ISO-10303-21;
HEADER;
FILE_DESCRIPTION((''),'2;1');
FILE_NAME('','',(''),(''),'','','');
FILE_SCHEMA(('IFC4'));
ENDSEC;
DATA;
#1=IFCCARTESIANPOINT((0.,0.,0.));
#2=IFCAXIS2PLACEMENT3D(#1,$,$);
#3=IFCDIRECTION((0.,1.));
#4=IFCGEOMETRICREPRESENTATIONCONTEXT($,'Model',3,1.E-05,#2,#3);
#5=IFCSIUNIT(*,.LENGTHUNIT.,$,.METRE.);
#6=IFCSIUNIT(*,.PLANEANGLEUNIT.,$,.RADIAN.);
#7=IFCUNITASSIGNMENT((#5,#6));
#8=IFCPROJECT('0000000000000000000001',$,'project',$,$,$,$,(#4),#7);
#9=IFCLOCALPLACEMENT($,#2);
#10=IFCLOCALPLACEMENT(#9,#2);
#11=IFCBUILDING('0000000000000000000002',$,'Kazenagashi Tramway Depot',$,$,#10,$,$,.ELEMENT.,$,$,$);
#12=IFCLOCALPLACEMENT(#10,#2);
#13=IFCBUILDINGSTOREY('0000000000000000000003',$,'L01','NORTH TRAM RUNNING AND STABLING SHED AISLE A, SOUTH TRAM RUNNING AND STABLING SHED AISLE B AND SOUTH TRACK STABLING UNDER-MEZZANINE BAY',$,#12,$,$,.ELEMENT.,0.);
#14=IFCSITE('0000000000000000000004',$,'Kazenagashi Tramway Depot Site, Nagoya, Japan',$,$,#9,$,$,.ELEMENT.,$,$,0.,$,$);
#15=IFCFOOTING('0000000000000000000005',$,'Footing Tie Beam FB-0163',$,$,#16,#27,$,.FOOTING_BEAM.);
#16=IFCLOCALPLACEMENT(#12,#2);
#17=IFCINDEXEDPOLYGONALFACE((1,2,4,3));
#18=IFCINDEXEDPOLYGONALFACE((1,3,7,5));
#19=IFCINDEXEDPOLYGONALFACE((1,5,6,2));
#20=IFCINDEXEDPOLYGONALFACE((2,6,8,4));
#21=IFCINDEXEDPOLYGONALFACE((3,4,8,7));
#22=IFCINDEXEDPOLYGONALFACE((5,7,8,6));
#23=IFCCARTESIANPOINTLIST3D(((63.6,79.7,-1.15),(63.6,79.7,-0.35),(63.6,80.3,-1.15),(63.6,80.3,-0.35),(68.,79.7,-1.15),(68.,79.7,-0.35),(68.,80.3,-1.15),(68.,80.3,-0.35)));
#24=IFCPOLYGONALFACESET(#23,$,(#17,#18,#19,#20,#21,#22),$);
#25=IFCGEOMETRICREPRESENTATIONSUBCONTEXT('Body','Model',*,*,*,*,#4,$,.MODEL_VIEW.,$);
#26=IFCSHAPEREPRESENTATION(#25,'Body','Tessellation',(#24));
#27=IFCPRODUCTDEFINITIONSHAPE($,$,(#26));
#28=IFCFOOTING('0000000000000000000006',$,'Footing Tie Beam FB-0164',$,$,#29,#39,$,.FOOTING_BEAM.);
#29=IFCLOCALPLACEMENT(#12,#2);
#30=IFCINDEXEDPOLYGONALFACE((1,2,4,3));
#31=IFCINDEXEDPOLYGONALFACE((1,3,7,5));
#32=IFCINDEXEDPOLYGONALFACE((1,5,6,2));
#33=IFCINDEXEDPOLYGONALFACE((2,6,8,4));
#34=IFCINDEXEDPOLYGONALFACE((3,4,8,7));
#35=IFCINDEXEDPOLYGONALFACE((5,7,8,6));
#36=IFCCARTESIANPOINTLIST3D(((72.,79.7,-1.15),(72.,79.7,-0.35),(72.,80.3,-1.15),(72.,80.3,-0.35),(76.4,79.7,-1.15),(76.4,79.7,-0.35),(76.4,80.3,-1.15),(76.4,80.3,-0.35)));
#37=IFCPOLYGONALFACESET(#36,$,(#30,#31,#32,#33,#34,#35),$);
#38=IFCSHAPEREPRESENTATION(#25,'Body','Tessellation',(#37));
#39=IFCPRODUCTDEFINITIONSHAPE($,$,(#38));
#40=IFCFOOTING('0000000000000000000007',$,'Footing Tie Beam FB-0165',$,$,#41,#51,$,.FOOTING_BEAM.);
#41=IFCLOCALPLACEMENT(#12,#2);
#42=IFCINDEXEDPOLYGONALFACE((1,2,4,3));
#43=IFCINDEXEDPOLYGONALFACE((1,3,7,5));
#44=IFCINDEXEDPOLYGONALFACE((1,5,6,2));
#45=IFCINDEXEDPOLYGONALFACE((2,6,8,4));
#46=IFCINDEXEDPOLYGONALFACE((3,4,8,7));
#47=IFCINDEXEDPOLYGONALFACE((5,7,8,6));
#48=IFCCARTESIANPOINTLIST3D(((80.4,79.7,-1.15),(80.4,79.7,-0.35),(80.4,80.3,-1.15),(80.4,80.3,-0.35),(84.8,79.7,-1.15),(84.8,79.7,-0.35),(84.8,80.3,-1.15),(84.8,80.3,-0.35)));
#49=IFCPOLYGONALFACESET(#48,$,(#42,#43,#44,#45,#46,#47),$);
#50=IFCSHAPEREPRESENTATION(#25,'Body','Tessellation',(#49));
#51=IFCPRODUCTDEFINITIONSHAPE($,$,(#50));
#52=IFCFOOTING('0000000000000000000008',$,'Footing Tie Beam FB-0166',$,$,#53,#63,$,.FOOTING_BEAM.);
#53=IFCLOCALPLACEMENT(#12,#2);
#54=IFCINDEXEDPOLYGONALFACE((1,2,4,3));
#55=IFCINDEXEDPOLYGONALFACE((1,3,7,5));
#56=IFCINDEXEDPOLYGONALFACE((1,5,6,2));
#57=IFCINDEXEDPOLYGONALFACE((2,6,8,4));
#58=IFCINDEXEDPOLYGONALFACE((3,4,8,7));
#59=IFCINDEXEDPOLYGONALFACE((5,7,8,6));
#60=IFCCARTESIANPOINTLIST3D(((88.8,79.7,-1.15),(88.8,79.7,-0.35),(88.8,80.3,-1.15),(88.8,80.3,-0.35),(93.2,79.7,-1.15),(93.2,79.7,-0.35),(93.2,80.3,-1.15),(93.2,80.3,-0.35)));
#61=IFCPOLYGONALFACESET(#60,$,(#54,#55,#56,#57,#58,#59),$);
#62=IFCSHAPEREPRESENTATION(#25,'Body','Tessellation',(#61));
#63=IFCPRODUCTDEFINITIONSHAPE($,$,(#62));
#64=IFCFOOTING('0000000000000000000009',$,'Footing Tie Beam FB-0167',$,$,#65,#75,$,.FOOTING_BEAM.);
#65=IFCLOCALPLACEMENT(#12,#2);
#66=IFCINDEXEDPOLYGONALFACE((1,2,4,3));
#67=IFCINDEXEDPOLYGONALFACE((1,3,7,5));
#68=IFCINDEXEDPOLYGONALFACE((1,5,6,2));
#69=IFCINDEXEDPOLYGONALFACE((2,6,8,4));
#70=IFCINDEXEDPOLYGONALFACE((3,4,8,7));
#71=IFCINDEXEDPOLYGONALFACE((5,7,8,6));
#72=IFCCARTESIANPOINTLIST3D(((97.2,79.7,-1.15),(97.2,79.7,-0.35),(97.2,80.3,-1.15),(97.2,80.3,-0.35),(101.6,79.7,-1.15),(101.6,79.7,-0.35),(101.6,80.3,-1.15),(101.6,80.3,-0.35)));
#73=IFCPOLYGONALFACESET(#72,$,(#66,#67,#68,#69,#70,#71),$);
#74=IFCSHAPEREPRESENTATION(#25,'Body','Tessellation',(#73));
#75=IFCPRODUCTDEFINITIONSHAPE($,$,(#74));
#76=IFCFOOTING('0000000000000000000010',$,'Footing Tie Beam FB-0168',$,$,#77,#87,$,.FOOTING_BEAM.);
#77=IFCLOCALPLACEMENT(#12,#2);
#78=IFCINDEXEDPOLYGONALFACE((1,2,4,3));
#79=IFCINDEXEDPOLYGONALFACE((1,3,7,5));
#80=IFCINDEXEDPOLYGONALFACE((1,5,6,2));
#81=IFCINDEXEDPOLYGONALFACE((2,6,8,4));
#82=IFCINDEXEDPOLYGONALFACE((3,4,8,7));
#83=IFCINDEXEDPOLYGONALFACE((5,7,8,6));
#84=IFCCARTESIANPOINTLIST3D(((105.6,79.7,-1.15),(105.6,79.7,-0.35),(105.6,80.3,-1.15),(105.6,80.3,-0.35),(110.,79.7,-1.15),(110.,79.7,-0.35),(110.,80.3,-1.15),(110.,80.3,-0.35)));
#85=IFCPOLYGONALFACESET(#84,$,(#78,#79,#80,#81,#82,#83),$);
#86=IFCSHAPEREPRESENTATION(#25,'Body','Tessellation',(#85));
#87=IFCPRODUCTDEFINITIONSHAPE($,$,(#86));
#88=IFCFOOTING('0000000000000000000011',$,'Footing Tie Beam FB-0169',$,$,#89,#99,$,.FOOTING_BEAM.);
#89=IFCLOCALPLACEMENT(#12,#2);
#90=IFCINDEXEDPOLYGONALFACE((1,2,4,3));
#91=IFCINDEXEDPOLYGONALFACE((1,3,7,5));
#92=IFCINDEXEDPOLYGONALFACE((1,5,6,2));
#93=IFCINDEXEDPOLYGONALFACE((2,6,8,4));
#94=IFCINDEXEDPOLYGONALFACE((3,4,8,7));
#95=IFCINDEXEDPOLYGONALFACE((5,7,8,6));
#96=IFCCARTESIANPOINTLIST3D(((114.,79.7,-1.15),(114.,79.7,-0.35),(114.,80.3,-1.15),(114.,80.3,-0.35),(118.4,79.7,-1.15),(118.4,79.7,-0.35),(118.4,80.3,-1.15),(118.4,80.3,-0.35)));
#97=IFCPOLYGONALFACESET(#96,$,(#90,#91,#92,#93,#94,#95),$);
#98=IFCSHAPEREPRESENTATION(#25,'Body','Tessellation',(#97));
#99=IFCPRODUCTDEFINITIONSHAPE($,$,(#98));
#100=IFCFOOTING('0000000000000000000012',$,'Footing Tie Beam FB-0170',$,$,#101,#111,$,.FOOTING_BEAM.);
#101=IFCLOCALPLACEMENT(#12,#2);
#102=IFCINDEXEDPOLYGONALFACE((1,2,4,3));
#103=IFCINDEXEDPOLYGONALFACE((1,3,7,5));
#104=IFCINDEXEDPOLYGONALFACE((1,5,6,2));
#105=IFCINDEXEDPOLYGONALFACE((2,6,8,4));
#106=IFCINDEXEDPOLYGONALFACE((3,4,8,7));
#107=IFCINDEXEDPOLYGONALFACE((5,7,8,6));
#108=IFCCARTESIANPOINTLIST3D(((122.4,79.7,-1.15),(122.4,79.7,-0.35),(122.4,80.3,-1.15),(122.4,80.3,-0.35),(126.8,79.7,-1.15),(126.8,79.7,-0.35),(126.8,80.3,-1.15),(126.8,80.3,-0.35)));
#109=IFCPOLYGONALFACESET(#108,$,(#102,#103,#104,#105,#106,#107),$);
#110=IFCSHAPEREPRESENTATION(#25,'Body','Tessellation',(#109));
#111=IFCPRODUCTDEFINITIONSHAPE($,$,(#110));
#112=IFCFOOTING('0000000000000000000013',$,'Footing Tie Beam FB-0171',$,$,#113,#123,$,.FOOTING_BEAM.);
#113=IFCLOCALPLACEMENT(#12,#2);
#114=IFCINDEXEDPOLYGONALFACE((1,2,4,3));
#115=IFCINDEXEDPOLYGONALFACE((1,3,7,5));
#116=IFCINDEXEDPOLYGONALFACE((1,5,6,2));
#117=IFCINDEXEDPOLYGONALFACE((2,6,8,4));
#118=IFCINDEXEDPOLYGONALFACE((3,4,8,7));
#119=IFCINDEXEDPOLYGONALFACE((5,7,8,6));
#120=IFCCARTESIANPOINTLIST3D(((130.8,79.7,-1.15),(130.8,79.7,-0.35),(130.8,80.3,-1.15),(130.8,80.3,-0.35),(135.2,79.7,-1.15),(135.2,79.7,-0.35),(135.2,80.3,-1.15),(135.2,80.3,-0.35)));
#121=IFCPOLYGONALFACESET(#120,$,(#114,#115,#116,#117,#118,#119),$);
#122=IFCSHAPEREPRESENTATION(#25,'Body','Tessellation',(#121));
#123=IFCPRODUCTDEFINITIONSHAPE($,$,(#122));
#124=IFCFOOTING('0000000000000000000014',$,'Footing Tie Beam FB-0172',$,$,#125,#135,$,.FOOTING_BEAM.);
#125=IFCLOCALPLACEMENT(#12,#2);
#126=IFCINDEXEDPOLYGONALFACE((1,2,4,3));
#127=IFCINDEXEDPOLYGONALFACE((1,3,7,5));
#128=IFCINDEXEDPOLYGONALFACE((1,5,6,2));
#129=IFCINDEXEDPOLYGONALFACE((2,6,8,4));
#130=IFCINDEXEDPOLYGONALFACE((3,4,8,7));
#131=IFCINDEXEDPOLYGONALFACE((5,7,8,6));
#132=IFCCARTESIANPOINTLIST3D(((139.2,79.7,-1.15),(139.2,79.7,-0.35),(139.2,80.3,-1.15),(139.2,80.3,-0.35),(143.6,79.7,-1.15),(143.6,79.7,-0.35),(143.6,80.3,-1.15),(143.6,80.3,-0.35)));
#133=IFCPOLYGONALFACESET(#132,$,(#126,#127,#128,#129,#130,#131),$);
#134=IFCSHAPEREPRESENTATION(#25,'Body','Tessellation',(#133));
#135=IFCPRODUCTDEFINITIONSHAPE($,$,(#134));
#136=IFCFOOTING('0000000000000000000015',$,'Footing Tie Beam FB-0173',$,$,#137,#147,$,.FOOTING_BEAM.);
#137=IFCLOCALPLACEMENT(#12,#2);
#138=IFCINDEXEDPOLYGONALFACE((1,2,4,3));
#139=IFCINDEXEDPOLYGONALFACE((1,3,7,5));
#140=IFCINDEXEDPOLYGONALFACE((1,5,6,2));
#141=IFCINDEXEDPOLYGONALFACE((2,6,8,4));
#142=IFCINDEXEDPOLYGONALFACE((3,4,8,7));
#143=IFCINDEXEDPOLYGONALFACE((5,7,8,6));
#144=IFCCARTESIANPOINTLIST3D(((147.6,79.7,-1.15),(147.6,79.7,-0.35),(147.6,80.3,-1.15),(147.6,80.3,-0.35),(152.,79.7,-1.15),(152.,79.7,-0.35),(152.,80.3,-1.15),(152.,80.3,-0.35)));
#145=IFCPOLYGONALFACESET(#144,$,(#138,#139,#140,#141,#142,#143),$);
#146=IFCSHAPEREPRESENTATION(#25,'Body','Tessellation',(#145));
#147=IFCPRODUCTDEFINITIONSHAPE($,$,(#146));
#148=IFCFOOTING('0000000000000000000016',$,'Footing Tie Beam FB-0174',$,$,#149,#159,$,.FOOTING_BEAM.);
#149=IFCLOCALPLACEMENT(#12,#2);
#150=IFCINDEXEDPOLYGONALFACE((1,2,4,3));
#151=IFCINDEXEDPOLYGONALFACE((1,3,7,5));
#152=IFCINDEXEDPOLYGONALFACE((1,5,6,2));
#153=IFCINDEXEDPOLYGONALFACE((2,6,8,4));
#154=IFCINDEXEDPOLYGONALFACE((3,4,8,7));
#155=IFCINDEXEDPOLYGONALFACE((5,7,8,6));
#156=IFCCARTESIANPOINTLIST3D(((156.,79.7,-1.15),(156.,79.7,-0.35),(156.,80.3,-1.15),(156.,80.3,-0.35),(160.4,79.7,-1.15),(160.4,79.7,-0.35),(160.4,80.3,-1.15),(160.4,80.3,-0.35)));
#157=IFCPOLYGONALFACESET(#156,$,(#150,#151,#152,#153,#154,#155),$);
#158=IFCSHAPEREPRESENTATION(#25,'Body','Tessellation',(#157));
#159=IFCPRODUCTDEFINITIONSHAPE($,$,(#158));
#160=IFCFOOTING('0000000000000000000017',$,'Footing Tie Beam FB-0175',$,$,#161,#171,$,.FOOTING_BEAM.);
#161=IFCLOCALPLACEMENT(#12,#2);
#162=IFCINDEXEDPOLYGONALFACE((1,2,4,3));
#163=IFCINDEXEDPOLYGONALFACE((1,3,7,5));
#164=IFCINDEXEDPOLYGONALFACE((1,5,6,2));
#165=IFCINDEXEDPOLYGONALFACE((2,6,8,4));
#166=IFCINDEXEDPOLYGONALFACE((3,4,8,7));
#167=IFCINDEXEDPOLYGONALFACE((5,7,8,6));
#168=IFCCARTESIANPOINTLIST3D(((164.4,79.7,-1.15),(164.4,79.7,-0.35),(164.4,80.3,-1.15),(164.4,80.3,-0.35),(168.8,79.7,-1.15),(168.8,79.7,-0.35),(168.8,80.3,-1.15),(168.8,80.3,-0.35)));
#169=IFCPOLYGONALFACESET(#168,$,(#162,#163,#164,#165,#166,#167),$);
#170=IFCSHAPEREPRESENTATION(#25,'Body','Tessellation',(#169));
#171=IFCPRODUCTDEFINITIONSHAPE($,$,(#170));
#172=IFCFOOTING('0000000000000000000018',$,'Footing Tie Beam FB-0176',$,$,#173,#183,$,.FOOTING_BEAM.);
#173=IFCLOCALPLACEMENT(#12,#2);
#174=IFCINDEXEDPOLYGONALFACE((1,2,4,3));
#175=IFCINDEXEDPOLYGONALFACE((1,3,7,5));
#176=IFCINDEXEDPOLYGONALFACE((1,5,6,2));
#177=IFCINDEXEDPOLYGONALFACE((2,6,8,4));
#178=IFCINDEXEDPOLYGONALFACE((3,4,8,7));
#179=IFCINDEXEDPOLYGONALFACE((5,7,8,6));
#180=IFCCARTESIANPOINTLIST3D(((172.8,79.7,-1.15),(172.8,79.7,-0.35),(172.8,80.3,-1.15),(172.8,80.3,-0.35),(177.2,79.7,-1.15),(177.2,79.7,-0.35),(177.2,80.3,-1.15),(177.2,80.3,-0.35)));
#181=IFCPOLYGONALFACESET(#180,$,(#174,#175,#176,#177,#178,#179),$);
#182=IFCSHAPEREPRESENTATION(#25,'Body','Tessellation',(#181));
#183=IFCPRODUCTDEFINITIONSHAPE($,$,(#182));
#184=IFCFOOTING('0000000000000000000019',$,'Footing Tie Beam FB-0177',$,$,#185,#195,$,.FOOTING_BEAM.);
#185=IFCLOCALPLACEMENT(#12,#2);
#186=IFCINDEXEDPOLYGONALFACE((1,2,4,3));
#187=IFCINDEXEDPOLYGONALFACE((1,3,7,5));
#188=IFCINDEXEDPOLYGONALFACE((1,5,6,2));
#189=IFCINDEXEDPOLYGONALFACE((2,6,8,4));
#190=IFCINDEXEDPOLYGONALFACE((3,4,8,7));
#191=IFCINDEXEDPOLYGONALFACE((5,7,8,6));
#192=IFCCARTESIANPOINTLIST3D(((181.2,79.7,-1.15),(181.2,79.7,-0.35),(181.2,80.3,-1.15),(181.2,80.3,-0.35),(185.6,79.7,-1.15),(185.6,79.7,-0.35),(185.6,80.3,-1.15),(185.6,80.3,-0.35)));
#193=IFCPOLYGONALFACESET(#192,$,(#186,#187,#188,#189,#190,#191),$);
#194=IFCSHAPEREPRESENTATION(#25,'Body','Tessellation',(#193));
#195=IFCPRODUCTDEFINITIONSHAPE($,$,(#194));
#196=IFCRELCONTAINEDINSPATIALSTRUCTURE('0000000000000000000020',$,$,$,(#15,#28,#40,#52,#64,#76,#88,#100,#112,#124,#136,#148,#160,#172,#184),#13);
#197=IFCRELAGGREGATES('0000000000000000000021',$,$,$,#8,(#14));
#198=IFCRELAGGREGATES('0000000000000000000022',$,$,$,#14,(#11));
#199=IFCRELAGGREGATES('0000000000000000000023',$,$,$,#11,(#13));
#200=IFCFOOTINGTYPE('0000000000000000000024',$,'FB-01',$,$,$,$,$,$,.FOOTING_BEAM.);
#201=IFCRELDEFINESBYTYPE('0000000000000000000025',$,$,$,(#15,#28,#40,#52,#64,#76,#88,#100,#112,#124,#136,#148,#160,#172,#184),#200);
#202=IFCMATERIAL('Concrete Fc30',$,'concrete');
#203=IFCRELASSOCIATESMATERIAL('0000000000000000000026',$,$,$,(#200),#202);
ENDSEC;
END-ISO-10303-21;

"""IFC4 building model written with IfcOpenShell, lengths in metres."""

from ifc_helpers import new_model, si_unit, direction, frame, origin, place, context, subcontext, project, spatial, polyline, outline, extrude, material, type_object, element, save


model = new_model("IFC4")

# Units and contexts
model_context = context("Model", 3, precision=1e-05, world=origin(), true_north=direction((0.0, 1.0)))
body_context = subcontext(model_context, "Body", "Model", "MODEL_VIEW")
ifc_project = project(units=[si_unit("LENGTHUNIT", "METRE"), si_unit("PLANEANGLEUNIT", "RADIAN")], contexts=[model_context])

# Site, building, storey
site_placement = place(None, origin())
site = spatial("IfcSite", under=ifc_project, at=site_placement, Name="Kazenagashi Tramway Depot Site, Nagoya, Japan", CompositionType="ELEMENT", RefElevation=0.0)
building_placement = place(site_placement, origin())
building = spatial("IfcBuilding", under=site, at=building_placement, Name="Kazenagashi Tramway Depot", CompositionType="ELEMENT")
storey_placement = place(building_placement, origin())
storey = spatial("IfcBuildingStorey", under=building, at=storey_placement, Name="L01", Description="NORTH TRAM RUNNING AND STABLING SHED AISLE A, SOUTH TRAM RUNNING AND STABLING SHED AISLE B AND SOUTH TRACK STABLING UNDER-MEZZANINE BAY", CompositionType="ELEMENT", Elevation=0.0)

# Footings
ifc_material = material(Name="Concrete Fc30", Category="concrete")
footing_type = type_object("IfcFootingType", Name="FB-01", PredefinedType="FOOTING_BEAM", material=ifc_material)
footing_1_placement = place(storey_placement, frame((0.0, 0.0, -1.15)))
element("IfcFooting", 1, at=footing_1_placement, inside=storey, type_object=footing_type, Name="Footing Tie Beam FB-0163", PredefinedType="FOOTING_BEAM", context=body_context, shape_type="SweptSolid", body=[
    extrude(outline(polyline([(63.6, 79.7), (68.0, 79.7), (68.0, 80.3), (63.6, 80.3), (63.6, 79.7)])), origin(), (0.0, 0.0, 1.0), 0.8),
])
footing_2_placement = place(storey_placement, frame((0.0, 0.0, -1.15)))
element("IfcFooting", 2, at=footing_2_placement, inside=storey, type_object=footing_type, Name="Footing Tie Beam FB-0164", PredefinedType="FOOTING_BEAM", context=body_context, shape_type="SweptSolid", body=[
    extrude(outline(polyline([(72.0, 79.7), (76.4, 79.7), (76.4, 80.3), (72.0, 80.3), (72.0, 79.7)])), origin(), (0.0, 0.0, 1.0), 0.8),
])
footing_3_placement = place(storey_placement, frame((0.0, 0.0, -1.15)))
element("IfcFooting", 3, at=footing_3_placement, inside=storey, type_object=footing_type, Name="Footing Tie Beam FB-0165", PredefinedType="FOOTING_BEAM", context=body_context, shape_type="SweptSolid", body=[
    extrude(outline(polyline([(80.4, 79.7), (84.8, 79.7), (84.8, 80.3), (80.4, 80.3), (80.4, 79.7)])), origin(), (0.0, 0.0, 1.0), 0.8),
])
footing_4_placement = place(storey_placement, frame((0.0, 0.0, -1.15)))
element("IfcFooting", 4, at=footing_4_placement, inside=storey, type_object=footing_type, Name="Footing Tie Beam FB-0166", PredefinedType="FOOTING_BEAM", context=body_context, shape_type="SweptSolid", body=[
    extrude(outline(polyline([(88.8, 79.7), (93.2, 79.7), (93.2, 80.3), (88.8, 80.3), (88.8, 79.7)])), origin(), (0.0, 0.0, 1.0), 0.8),
])
footing_5_placement = place(storey_placement, frame((0.0, 0.0, -1.15)))
element("IfcFooting", 5, at=footing_5_placement, inside=storey, type_object=footing_type, Name="Footing Tie Beam FB-0167", PredefinedType="FOOTING_BEAM", context=body_context, shape_type="SweptSolid", body=[
    extrude(outline(polyline([(97.2, 79.7), (101.6, 79.7), (101.6, 80.3), (97.2, 80.3), (97.2, 79.7)])), origin(), (0.0, 0.0, 1.0), 0.8),
])
footing_6_placement = place(storey_placement, frame((0.0, 0.0, -1.15)))
element("IfcFooting", 6, at=footing_6_placement, inside=storey, type_object=footing_type, Name="Footing Tie Beam FB-0168", PredefinedType="FOOTING_BEAM", context=body_context, shape_type="SweptSolid", body=[
    extrude(outline(polyline([(105.6, 79.7), (110.0, 79.7), (110.0, 80.3), (105.6, 80.3), (105.6, 79.7)])), origin(), (0.0, 0.0, 1.0), 0.8),
])
footing_7_placement = place(storey_placement, frame((0.0, 0.0, -1.15)))
element("IfcFooting", 7, at=footing_7_placement, inside=storey, type_object=footing_type, Name="Footing Tie Beam FB-0169", PredefinedType="FOOTING_BEAM", context=body_context, shape_type="SweptSolid", body=[
    extrude(outline(polyline([(114.0, 79.7), (118.4, 79.7), (118.4, 80.3), (114.0, 80.3), (114.0, 79.7)])), origin(), (0.0, 0.0, 1.0), 0.8),
])
footing_8_placement = place(storey_placement, frame((0.0, 0.0, -1.15)))
element("IfcFooting", 8, at=footing_8_placement, inside=storey, type_object=footing_type, Name="Footing Tie Beam FB-0170", PredefinedType="FOOTING_BEAM", context=body_context, shape_type="SweptSolid", body=[
    extrude(outline(polyline([(122.4, 79.7), (126.8, 79.7), (126.8, 80.3), (122.4, 80.3), (122.4, 79.7)])), origin(), (0.0, 0.0, 1.0), 0.8),
])
footing_9_placement = place(storey_placement, frame((0.0, 0.0, -1.15)))
element("IfcFooting", 9, at=footing_9_placement, inside=storey, type_object=footing_type, Name="Footing Tie Beam FB-0171", PredefinedType="FOOTING_BEAM", context=body_context, shape_type="SweptSolid", body=[
    extrude(outline(polyline([(130.8, 79.7), (135.2, 79.7), (135.2, 80.3), (130.8, 80.3), (130.8, 79.7)])), origin(), (0.0, 0.0, 1.0), 0.8),
])
footing_10_placement = place(storey_placement, frame((0.0, 0.0, -1.15)))
element("IfcFooting", 10, at=footing_10_placement, inside=storey, type_object=footing_type, Name="Footing Tie Beam FB-0172", PredefinedType="FOOTING_BEAM", context=body_context, shape_type="SweptSolid", body=[
    extrude(outline(polyline([(139.2, 79.7), (143.6, 79.7), (143.6, 80.3), (139.2, 80.3), (139.2, 79.7)])), origin(), (0.0, 0.0, 1.0), 0.8),
])
footing_11_placement = place(storey_placement, frame((0.0, 0.0, -1.15)))
element("IfcFooting", 11, at=footing_11_placement, inside=storey, type_object=footing_type, Name="Footing Tie Beam FB-0173", PredefinedType="FOOTING_BEAM", context=body_context, shape_type="SweptSolid", body=[
    extrude(outline(polyline([(147.6, 79.7), (152.0, 79.7), (152.0, 80.3), (147.6, 80.3), (147.6, 79.7)])), origin(), (0.0, 0.0, 1.0), 0.8),
])
footing_12_placement = place(storey_placement, frame((0.0, 0.0, -1.15)))
element("IfcFooting", 12, at=footing_12_placement, inside=storey, type_object=footing_type, Name="Footing Tie Beam FB-0174", PredefinedType="FOOTING_BEAM", context=body_context, shape_type="SweptSolid", body=[
    extrude(outline(polyline([(156.0, 79.7), (160.4, 79.7), (160.4, 80.3), (156.0, 80.3), (156.0, 79.7)])), origin(), (0.0, 0.0, 1.0), 0.8),
])
footing_13_placement = place(storey_placement, frame((0.0, 0.0, -1.15)))
element("IfcFooting", 13, at=footing_13_placement, inside=storey, type_object=footing_type, Name="Footing Tie Beam FB-0175", PredefinedType="FOOTING_BEAM", context=body_context, shape_type="SweptSolid", body=[
    extrude(outline(polyline([(164.4, 79.7), (168.8, 79.7), (168.8, 80.3), (164.4, 80.3), (164.4, 79.7)])), origin(), (0.0, 0.0, 1.0), 0.8),
])
footing_14_placement = place(storey_placement, frame((0.0, 0.0, -1.15)))
element("IfcFooting", 14, at=footing_14_placement, inside=storey, type_object=footing_type, Name="Footing Tie Beam FB-0176", PredefinedType="FOOTING_BEAM", context=body_context, shape_type="SweptSolid", body=[
    extrude(outline(polyline([(172.8, 79.7), (177.2, 79.7), (177.2, 80.3), (172.8, 80.3), (172.8, 79.7)])), origin(), (0.0, 0.0, 1.0), 0.8),
])
footing_15_placement = place(storey_placement, frame((0.0, 0.0, -1.15)))
element("IfcFooting", 15, at=footing_15_placement, inside=storey, type_object=footing_type, Name="Footing Tie Beam FB-0177", PredefinedType="FOOTING_BEAM", context=body_context, shape_type="SweptSolid", body=[
    extrude(outline(polyline([(181.2, 79.7), (185.6, 79.7), (185.6, 80.3), (181.2, 80.3), (181.2, 79.7)])), origin(), (0.0, 0.0, 1.0), 0.8),
])

save(model, "model.ifc")
